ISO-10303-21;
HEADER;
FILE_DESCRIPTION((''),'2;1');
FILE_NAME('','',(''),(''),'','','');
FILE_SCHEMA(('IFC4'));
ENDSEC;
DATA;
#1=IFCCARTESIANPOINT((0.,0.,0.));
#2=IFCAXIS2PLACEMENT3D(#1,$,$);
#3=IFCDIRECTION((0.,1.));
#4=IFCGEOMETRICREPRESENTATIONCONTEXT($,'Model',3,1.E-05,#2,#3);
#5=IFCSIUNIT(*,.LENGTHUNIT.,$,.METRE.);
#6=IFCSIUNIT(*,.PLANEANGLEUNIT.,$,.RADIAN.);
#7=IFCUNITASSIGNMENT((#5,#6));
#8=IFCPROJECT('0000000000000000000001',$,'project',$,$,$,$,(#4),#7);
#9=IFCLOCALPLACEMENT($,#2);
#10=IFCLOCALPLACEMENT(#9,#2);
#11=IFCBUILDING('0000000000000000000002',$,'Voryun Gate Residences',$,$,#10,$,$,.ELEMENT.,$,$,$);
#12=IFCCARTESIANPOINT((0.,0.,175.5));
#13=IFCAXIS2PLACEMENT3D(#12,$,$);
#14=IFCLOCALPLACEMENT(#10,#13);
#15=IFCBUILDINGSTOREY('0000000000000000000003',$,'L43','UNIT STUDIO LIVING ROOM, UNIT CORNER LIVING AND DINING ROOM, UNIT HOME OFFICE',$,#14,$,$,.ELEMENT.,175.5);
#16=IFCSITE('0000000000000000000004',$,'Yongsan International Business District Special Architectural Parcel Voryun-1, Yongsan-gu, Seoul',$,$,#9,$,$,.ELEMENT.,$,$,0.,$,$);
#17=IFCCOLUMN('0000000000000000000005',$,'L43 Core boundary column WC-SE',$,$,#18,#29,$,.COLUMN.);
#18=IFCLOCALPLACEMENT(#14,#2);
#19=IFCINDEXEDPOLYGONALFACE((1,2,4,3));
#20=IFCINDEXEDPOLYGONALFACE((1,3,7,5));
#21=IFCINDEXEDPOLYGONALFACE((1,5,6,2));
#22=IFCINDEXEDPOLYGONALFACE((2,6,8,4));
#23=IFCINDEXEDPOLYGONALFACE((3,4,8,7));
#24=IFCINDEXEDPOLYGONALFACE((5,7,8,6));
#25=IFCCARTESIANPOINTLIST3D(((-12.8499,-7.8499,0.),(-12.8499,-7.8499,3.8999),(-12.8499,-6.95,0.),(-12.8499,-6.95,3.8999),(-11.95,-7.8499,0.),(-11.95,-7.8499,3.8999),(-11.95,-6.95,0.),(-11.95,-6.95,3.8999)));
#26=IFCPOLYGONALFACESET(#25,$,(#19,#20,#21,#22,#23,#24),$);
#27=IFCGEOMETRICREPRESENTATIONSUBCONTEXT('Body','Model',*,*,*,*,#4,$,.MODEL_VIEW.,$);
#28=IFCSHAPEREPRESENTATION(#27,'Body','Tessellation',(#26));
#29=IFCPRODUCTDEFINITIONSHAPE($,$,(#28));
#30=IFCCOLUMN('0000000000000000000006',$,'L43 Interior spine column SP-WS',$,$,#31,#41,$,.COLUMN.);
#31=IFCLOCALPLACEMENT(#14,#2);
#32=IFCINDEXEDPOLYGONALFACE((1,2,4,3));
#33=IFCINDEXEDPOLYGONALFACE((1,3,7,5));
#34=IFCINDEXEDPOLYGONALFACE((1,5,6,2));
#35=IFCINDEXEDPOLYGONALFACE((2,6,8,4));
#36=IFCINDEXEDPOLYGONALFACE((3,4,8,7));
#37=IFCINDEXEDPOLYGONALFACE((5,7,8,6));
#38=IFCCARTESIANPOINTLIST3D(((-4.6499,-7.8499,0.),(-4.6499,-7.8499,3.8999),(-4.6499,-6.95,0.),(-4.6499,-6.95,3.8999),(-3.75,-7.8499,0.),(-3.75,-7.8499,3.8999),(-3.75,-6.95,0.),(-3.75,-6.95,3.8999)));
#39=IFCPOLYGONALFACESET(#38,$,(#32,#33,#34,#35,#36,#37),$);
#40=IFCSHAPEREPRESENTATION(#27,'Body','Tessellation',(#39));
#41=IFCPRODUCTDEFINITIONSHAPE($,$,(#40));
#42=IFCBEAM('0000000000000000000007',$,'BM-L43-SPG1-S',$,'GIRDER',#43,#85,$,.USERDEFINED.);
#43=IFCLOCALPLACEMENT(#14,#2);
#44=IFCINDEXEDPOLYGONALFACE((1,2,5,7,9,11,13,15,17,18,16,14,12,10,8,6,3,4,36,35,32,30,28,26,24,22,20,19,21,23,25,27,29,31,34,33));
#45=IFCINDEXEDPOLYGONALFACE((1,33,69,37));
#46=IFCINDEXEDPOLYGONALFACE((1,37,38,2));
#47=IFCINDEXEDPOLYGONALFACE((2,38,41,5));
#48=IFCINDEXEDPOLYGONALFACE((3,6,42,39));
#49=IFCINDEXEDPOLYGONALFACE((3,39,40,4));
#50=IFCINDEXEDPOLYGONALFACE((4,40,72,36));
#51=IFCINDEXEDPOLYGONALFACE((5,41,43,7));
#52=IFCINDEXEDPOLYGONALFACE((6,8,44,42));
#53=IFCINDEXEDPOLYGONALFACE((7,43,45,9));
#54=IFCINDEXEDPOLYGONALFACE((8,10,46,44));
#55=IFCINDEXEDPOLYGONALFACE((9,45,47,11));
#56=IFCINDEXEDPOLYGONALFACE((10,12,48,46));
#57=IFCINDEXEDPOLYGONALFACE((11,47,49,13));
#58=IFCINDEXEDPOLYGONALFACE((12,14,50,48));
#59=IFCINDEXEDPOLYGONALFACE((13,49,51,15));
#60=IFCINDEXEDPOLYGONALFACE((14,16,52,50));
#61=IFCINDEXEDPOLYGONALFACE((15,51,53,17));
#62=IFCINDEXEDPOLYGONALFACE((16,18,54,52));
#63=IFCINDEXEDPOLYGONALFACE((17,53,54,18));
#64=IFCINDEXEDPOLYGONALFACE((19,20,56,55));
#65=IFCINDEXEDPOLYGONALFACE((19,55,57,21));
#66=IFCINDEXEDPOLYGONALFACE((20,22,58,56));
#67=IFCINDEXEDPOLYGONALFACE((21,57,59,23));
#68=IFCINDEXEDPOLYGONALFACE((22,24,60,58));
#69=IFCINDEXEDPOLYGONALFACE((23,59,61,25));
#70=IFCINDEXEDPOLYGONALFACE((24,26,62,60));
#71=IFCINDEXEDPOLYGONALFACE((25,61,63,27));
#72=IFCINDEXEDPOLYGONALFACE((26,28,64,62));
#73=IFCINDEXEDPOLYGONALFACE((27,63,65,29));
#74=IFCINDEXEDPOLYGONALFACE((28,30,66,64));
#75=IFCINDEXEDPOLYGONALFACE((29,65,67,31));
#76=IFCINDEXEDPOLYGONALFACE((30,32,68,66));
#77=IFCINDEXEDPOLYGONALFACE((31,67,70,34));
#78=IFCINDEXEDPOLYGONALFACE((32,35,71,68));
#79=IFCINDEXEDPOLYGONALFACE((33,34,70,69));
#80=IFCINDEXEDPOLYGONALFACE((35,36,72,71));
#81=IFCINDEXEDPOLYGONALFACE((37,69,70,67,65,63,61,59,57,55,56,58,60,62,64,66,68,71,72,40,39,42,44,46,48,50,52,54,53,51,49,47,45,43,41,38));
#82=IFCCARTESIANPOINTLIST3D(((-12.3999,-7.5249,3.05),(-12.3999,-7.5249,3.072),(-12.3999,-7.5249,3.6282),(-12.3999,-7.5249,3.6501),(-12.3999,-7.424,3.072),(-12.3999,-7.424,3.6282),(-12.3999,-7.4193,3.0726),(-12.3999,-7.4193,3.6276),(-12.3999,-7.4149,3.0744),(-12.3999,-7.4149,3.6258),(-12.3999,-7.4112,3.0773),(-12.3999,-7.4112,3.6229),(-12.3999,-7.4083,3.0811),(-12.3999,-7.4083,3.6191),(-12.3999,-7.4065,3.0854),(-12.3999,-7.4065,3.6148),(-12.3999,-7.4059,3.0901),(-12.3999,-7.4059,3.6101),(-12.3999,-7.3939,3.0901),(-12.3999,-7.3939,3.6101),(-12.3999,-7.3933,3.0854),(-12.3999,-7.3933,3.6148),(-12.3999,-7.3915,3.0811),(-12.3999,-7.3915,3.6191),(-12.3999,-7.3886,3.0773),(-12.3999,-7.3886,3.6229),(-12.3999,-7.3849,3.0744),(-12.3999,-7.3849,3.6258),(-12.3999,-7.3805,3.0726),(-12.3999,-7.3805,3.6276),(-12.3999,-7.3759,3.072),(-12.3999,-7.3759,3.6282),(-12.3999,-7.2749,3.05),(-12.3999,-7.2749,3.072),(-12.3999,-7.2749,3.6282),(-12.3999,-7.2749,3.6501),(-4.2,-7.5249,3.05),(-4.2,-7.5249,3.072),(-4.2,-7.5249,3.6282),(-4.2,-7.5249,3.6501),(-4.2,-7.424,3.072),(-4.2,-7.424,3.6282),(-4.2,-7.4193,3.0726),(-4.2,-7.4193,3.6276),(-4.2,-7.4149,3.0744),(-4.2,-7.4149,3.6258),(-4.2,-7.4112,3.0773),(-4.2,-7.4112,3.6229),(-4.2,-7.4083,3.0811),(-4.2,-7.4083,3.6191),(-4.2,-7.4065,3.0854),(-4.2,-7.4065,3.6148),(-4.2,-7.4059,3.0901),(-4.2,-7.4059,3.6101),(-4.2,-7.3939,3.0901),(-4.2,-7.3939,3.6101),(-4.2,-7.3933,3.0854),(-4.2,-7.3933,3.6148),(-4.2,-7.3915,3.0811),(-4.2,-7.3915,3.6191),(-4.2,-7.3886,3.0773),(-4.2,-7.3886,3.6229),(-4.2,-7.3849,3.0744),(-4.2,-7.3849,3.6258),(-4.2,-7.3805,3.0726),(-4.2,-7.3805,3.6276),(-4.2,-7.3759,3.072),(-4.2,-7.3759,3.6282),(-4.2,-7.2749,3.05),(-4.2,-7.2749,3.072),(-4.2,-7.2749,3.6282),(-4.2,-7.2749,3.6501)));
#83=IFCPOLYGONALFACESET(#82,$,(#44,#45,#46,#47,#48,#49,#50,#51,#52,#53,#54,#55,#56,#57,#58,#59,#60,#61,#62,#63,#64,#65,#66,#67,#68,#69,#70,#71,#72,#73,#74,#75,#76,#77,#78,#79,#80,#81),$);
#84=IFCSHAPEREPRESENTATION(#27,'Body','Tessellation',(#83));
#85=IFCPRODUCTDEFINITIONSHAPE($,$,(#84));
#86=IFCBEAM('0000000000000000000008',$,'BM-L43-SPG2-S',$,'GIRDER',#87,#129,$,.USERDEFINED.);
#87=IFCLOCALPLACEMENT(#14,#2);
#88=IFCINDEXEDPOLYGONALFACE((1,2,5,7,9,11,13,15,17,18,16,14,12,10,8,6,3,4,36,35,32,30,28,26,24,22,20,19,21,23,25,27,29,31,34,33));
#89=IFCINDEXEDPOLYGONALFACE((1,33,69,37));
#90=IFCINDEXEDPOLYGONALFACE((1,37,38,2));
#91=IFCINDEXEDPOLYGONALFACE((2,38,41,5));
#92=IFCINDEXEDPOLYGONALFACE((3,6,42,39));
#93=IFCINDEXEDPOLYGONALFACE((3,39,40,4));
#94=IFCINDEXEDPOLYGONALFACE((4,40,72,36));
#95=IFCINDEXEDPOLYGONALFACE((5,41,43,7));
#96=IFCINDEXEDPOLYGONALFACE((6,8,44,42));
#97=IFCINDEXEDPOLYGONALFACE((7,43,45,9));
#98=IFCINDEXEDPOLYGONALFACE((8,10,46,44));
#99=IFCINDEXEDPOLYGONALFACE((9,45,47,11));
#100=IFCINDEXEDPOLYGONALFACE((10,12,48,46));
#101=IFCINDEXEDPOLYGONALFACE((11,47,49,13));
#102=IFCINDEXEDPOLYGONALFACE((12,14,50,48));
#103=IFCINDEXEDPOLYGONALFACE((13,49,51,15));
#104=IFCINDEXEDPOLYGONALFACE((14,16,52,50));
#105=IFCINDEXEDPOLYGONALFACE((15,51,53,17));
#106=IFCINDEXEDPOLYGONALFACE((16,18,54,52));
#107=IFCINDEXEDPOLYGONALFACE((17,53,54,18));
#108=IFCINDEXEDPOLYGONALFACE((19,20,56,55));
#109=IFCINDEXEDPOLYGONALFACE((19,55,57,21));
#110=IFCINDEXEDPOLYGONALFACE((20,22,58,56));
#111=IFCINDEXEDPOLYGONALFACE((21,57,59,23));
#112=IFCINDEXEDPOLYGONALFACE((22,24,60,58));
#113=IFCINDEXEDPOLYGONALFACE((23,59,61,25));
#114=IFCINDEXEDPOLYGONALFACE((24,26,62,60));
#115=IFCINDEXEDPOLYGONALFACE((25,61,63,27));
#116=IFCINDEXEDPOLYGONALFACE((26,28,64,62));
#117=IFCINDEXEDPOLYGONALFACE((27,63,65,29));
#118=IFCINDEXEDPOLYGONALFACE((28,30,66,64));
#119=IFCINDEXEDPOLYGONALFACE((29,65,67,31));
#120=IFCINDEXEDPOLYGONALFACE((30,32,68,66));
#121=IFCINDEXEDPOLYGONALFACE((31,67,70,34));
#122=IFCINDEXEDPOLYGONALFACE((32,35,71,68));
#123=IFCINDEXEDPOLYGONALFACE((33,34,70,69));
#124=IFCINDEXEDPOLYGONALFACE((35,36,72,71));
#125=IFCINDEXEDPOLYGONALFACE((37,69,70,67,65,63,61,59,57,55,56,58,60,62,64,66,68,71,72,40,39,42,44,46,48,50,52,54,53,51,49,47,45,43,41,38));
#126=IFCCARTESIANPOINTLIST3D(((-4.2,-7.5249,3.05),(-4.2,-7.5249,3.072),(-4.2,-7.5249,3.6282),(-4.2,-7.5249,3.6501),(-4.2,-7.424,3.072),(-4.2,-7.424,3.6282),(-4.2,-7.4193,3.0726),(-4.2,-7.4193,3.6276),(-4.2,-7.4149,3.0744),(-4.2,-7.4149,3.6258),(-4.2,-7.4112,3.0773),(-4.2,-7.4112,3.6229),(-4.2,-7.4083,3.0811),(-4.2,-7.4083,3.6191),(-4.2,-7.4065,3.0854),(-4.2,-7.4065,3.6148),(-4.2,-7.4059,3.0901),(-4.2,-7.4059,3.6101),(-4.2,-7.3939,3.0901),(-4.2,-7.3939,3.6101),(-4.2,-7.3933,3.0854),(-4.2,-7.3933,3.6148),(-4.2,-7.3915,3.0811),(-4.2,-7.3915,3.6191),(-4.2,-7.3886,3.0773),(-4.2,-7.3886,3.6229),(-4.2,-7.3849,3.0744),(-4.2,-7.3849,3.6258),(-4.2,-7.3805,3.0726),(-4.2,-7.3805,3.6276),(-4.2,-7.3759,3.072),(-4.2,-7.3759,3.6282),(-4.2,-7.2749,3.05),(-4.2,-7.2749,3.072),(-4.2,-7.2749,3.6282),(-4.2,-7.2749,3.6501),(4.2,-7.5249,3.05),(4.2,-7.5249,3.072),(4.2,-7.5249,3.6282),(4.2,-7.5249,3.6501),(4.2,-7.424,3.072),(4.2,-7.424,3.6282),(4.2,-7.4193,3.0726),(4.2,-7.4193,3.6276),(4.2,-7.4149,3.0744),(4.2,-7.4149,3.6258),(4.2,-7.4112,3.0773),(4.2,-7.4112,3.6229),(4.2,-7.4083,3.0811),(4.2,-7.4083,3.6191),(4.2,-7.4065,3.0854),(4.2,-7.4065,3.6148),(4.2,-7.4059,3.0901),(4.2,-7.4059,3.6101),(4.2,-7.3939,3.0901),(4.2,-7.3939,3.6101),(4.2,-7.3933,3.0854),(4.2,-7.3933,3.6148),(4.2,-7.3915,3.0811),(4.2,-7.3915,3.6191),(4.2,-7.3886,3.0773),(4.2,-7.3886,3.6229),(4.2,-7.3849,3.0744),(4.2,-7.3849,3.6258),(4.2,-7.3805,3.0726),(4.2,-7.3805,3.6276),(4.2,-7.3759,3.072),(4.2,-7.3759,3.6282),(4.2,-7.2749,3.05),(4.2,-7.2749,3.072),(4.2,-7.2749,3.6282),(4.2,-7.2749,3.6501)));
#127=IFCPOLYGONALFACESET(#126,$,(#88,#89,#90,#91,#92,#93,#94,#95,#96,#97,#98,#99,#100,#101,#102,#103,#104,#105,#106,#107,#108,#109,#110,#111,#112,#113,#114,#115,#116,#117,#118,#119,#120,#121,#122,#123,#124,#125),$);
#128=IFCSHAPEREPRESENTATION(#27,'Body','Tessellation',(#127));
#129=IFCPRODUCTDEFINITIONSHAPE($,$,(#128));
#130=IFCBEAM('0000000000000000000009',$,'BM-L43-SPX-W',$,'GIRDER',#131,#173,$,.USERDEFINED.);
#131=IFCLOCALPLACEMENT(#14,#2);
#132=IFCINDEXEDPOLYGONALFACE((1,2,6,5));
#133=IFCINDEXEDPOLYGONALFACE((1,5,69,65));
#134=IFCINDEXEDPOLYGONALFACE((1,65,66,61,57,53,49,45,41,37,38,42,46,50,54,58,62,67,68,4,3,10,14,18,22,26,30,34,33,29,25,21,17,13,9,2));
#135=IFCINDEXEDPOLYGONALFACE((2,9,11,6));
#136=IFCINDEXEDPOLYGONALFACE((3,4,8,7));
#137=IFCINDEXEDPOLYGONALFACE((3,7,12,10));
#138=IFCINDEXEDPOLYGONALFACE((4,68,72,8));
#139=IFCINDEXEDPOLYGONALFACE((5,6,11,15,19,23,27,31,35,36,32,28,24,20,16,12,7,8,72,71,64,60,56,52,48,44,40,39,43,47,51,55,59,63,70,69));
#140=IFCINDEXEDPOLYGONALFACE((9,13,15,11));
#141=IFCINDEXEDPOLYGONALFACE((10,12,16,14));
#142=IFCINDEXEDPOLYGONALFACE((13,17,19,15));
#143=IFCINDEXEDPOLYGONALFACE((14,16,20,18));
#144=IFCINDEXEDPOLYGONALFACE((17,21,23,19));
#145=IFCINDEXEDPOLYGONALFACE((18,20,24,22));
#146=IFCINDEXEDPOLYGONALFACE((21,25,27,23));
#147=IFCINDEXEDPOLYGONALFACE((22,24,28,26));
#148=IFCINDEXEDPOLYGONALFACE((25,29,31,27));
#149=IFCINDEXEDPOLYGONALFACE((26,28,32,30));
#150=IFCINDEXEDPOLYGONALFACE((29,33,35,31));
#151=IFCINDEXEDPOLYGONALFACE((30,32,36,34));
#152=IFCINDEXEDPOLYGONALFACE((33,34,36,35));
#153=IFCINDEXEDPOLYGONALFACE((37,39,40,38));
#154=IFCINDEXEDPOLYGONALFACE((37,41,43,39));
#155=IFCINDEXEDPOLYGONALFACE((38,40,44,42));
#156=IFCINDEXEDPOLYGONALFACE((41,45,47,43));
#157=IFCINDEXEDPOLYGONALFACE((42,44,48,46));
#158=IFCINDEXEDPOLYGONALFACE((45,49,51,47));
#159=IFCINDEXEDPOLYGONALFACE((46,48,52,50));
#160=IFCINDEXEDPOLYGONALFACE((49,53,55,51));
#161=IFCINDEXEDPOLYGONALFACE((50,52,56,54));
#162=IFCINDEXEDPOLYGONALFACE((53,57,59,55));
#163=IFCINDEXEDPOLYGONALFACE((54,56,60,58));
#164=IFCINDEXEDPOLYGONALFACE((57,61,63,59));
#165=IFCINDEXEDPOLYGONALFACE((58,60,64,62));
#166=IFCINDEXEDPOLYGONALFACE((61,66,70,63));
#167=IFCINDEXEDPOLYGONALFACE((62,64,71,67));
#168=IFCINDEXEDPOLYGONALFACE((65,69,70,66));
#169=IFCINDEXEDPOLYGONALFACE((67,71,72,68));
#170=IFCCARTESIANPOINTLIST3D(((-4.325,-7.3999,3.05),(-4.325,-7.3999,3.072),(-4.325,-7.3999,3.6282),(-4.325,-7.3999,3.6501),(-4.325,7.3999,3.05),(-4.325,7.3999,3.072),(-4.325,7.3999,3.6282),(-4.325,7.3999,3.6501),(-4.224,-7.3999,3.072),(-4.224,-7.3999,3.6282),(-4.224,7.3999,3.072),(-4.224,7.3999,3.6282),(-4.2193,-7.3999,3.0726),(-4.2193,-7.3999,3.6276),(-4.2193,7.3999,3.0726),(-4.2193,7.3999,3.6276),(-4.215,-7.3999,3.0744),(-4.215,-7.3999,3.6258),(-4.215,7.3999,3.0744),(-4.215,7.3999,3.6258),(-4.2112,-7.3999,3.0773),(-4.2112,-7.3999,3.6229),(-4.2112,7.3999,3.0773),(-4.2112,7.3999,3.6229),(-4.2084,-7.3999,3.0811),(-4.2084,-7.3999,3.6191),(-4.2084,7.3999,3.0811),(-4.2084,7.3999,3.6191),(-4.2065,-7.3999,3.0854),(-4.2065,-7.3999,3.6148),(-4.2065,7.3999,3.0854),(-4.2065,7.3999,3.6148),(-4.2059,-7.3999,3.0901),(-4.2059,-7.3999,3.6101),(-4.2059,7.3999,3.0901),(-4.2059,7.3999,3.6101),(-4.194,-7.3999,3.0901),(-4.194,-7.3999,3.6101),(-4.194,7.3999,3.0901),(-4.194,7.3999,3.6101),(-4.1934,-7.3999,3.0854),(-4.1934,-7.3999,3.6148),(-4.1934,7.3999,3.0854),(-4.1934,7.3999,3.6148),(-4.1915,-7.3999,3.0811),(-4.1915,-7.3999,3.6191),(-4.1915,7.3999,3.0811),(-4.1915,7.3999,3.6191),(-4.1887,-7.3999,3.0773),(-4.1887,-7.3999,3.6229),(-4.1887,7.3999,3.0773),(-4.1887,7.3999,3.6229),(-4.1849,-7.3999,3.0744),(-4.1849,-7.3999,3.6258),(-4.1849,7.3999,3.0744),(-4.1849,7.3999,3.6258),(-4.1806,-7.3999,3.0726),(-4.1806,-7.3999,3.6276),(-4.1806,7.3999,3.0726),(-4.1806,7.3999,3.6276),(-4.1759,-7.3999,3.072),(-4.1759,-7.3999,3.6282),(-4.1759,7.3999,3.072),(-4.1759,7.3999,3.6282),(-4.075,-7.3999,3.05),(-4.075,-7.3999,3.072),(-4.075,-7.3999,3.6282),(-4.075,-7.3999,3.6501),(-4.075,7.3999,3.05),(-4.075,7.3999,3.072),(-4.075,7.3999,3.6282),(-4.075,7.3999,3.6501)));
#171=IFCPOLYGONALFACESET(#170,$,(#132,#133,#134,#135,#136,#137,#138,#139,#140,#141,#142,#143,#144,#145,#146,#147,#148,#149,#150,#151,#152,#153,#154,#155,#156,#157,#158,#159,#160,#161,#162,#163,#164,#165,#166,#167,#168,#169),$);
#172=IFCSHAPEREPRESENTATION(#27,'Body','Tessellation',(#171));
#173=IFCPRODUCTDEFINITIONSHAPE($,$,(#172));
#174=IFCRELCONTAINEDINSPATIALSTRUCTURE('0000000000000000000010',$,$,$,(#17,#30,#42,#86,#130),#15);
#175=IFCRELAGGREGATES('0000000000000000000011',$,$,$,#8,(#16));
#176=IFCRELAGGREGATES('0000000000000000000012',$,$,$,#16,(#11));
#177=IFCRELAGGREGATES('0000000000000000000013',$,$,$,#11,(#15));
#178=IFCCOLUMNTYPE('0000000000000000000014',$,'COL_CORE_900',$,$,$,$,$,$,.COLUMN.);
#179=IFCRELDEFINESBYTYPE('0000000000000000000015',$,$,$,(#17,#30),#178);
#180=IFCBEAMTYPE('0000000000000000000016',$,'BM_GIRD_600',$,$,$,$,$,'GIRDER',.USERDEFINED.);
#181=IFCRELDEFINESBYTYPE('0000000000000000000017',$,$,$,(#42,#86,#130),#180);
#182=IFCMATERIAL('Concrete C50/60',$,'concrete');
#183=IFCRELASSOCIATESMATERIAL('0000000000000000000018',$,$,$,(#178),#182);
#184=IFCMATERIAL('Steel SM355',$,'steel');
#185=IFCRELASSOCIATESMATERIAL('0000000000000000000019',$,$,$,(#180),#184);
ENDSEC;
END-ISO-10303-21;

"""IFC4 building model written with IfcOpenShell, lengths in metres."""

from ifc_helpers import new_model, si_unit, direction, frame, origin, origin_2d, place, context, subcontext, project, spatial, rectangle, i_section, extrude, material, material_profile, profile_set, type_object, element, save


model = new_model("IFC4")

# Units and contexts
model_context = context("Model", 3, precision=1e-05, world=origin(), true_north=direction((0.0, 1.0)))
body_context = subcontext(model_context, "Body", "Model", "MODEL_VIEW")
ifc_project = project(units=[si_unit("LENGTHUNIT", "METRE"), si_unit("PLANEANGLEUNIT", "RADIAN")], contexts=[model_context])

# Site, building, storey
site_placement = place(None, origin())
site = spatial("IfcSite", under=ifc_project, at=site_placement, Name="Yongsan International Business District Special Architectural Parcel Voryun-1, Yongsan-gu, Seoul", CompositionType="ELEMENT", RefElevation=0.0)
building_placement = place(site_placement, origin())
building = spatial("IfcBuilding", under=site, at=building_placement, Name="Voryun Gate Residences", CompositionType="ELEMENT")
storey_placement = place(building_placement, frame((0.0, 0.0, 175.5)))
storey = spatial("IfcBuildingStorey", under=building, at=storey_placement, Name="L43", Description="UNIT STUDIO LIVING ROOM, UNIT CORNER LIVING AND DINING ROOM, UNIT HOME OFFICE", CompositionType="ELEMENT", Elevation=175.5)

# Columns
ifc_material_1 = material(Name="Concrete C50/60", Category="concrete")
ifc_material_profile_1 = material_profile(ifc_material_1, rectangle(XDim=0.8999, YDim=0.8999, at=origin_2d()), Name="RC-900x900")
ifc_profile_set_1 = profile_set([ifc_material_profile_1], Name="Concrete C50/60")
column_type = type_object("IfcColumnType", Name="COL_CORE_900", PredefinedType="COLUMN", material=ifc_profile_set_1)
for number, where, z_axis, x_axis, name in (
    (1, (-12.3999, -7.3999, 0.0), (0.0, 0.0, 1.0), (1.0, 0.0, 0.0), "L43 Core boundary column WC-SE"),
    (2, (-4.2, -7.3999, 0.0), (0.0, 0.0, 1.0), (1.0, 0.0, 0.0), "L43 Interior spine column SP-WS"),
):
    element("IfcColumn", number, at=place(storey_placement, frame(where, z_axis=z_axis, x_axis=x_axis)), inside=storey, type_object=column_type, Name=name, PredefinedType="COLUMN", context=body_context, shape_type="SweptSolid", body=[
        extrude(rectangle(XDim=0.8999, YDim=0.8999, at=origin_2d()), origin(), (0.0, 0.0, 1.0), 3.8999),
    ])

# Beams
ifc_material_2 = material(Name="Steel SM355", Category="steel")
ifc_material_profile_2 = material_profile(ifc_material_2, i_section(OverallWidth=0.25, OverallDepth=0.6001, WebThickness=0.012, FlangeThickness=0.022, FilletRadius=0.0181, at=origin_2d()), Name="H-600x250x12x22")
ifc_profile_set_2 = profile_set([ifc_material_profile_2], Name="Steel SM355")
beam_type_1 = type_object("IfcBeamType", Name="BM_GIRD_600", ElementType="GIRDER", PredefinedType="USERDEFINED", material=ifc_profile_set_2)
beam_1_placement = place(storey_placement, frame((-12.3999, -7.3999, 3.3501), z_axis=(1.0, 0.0, 0.0), x_axis=(0.0, 1.0, 0.0)))
element("IfcBeam", 3, at=beam_1_placement, inside=storey, type_object=beam_type_1, Name="BM-L43-SPG1-S", ObjectType="GIRDER", PredefinedType="USERDEFINED", context=body_context, shape_type="SweptSolid", body=[
    extrude(i_section(OverallWidth=0.25, OverallDepth=0.6001, WebThickness=0.012, FlangeThickness=0.022, FilletRadius=0.0181, at=origin_2d()), origin(), (0.0, 0.0, 1.0), 8.2),
])
beam_2_placement = place(storey_placement, frame((-4.2, -7.3999, 3.3501), z_axis=(1.0, 0.0, 0.0), x_axis=(0.0, 1.0, 0.0)))
element("IfcBeam", 4, at=beam_2_placement, inside=storey, type_object=beam_type_1, Name="BM-L43-SPG2-S", ObjectType="GIRDER", PredefinedType="USERDEFINED", context=body_context, shape_type="SweptSolid", body=[
    extrude(i_section(OverallWidth=0.25, OverallDepth=0.6001, WebThickness=0.012, FlangeThickness=0.022, FilletRadius=0.0181, at=origin_2d()), origin(), (0.0, 0.0, 1.0), 8.3999),
])
beam_3_placement = place(storey_placement, frame((-4.2, -7.3999, 3.3501), z_axis=(0.0, 1.0, 0.0), x_axis=(-1.0, 0.0, 0.0)))
element("IfcBeam", 5, at=beam_3_placement, inside=storey, type_object=beam_type_1, Name="BM-L43-SPX-W", ObjectType="GIRDER", PredefinedType="USERDEFINED", context=body_context, shape_type="SweptSolid", body=[
    extrude(i_section(OverallWidth=0.25, OverallDepth=0.6001, WebThickness=0.012, FlangeThickness=0.022, FilletRadius=0.0181, at=origin_2d()), origin(), (0.0, 0.0, 1.0), 14.7998),
])

save(model, "model.ifc")
